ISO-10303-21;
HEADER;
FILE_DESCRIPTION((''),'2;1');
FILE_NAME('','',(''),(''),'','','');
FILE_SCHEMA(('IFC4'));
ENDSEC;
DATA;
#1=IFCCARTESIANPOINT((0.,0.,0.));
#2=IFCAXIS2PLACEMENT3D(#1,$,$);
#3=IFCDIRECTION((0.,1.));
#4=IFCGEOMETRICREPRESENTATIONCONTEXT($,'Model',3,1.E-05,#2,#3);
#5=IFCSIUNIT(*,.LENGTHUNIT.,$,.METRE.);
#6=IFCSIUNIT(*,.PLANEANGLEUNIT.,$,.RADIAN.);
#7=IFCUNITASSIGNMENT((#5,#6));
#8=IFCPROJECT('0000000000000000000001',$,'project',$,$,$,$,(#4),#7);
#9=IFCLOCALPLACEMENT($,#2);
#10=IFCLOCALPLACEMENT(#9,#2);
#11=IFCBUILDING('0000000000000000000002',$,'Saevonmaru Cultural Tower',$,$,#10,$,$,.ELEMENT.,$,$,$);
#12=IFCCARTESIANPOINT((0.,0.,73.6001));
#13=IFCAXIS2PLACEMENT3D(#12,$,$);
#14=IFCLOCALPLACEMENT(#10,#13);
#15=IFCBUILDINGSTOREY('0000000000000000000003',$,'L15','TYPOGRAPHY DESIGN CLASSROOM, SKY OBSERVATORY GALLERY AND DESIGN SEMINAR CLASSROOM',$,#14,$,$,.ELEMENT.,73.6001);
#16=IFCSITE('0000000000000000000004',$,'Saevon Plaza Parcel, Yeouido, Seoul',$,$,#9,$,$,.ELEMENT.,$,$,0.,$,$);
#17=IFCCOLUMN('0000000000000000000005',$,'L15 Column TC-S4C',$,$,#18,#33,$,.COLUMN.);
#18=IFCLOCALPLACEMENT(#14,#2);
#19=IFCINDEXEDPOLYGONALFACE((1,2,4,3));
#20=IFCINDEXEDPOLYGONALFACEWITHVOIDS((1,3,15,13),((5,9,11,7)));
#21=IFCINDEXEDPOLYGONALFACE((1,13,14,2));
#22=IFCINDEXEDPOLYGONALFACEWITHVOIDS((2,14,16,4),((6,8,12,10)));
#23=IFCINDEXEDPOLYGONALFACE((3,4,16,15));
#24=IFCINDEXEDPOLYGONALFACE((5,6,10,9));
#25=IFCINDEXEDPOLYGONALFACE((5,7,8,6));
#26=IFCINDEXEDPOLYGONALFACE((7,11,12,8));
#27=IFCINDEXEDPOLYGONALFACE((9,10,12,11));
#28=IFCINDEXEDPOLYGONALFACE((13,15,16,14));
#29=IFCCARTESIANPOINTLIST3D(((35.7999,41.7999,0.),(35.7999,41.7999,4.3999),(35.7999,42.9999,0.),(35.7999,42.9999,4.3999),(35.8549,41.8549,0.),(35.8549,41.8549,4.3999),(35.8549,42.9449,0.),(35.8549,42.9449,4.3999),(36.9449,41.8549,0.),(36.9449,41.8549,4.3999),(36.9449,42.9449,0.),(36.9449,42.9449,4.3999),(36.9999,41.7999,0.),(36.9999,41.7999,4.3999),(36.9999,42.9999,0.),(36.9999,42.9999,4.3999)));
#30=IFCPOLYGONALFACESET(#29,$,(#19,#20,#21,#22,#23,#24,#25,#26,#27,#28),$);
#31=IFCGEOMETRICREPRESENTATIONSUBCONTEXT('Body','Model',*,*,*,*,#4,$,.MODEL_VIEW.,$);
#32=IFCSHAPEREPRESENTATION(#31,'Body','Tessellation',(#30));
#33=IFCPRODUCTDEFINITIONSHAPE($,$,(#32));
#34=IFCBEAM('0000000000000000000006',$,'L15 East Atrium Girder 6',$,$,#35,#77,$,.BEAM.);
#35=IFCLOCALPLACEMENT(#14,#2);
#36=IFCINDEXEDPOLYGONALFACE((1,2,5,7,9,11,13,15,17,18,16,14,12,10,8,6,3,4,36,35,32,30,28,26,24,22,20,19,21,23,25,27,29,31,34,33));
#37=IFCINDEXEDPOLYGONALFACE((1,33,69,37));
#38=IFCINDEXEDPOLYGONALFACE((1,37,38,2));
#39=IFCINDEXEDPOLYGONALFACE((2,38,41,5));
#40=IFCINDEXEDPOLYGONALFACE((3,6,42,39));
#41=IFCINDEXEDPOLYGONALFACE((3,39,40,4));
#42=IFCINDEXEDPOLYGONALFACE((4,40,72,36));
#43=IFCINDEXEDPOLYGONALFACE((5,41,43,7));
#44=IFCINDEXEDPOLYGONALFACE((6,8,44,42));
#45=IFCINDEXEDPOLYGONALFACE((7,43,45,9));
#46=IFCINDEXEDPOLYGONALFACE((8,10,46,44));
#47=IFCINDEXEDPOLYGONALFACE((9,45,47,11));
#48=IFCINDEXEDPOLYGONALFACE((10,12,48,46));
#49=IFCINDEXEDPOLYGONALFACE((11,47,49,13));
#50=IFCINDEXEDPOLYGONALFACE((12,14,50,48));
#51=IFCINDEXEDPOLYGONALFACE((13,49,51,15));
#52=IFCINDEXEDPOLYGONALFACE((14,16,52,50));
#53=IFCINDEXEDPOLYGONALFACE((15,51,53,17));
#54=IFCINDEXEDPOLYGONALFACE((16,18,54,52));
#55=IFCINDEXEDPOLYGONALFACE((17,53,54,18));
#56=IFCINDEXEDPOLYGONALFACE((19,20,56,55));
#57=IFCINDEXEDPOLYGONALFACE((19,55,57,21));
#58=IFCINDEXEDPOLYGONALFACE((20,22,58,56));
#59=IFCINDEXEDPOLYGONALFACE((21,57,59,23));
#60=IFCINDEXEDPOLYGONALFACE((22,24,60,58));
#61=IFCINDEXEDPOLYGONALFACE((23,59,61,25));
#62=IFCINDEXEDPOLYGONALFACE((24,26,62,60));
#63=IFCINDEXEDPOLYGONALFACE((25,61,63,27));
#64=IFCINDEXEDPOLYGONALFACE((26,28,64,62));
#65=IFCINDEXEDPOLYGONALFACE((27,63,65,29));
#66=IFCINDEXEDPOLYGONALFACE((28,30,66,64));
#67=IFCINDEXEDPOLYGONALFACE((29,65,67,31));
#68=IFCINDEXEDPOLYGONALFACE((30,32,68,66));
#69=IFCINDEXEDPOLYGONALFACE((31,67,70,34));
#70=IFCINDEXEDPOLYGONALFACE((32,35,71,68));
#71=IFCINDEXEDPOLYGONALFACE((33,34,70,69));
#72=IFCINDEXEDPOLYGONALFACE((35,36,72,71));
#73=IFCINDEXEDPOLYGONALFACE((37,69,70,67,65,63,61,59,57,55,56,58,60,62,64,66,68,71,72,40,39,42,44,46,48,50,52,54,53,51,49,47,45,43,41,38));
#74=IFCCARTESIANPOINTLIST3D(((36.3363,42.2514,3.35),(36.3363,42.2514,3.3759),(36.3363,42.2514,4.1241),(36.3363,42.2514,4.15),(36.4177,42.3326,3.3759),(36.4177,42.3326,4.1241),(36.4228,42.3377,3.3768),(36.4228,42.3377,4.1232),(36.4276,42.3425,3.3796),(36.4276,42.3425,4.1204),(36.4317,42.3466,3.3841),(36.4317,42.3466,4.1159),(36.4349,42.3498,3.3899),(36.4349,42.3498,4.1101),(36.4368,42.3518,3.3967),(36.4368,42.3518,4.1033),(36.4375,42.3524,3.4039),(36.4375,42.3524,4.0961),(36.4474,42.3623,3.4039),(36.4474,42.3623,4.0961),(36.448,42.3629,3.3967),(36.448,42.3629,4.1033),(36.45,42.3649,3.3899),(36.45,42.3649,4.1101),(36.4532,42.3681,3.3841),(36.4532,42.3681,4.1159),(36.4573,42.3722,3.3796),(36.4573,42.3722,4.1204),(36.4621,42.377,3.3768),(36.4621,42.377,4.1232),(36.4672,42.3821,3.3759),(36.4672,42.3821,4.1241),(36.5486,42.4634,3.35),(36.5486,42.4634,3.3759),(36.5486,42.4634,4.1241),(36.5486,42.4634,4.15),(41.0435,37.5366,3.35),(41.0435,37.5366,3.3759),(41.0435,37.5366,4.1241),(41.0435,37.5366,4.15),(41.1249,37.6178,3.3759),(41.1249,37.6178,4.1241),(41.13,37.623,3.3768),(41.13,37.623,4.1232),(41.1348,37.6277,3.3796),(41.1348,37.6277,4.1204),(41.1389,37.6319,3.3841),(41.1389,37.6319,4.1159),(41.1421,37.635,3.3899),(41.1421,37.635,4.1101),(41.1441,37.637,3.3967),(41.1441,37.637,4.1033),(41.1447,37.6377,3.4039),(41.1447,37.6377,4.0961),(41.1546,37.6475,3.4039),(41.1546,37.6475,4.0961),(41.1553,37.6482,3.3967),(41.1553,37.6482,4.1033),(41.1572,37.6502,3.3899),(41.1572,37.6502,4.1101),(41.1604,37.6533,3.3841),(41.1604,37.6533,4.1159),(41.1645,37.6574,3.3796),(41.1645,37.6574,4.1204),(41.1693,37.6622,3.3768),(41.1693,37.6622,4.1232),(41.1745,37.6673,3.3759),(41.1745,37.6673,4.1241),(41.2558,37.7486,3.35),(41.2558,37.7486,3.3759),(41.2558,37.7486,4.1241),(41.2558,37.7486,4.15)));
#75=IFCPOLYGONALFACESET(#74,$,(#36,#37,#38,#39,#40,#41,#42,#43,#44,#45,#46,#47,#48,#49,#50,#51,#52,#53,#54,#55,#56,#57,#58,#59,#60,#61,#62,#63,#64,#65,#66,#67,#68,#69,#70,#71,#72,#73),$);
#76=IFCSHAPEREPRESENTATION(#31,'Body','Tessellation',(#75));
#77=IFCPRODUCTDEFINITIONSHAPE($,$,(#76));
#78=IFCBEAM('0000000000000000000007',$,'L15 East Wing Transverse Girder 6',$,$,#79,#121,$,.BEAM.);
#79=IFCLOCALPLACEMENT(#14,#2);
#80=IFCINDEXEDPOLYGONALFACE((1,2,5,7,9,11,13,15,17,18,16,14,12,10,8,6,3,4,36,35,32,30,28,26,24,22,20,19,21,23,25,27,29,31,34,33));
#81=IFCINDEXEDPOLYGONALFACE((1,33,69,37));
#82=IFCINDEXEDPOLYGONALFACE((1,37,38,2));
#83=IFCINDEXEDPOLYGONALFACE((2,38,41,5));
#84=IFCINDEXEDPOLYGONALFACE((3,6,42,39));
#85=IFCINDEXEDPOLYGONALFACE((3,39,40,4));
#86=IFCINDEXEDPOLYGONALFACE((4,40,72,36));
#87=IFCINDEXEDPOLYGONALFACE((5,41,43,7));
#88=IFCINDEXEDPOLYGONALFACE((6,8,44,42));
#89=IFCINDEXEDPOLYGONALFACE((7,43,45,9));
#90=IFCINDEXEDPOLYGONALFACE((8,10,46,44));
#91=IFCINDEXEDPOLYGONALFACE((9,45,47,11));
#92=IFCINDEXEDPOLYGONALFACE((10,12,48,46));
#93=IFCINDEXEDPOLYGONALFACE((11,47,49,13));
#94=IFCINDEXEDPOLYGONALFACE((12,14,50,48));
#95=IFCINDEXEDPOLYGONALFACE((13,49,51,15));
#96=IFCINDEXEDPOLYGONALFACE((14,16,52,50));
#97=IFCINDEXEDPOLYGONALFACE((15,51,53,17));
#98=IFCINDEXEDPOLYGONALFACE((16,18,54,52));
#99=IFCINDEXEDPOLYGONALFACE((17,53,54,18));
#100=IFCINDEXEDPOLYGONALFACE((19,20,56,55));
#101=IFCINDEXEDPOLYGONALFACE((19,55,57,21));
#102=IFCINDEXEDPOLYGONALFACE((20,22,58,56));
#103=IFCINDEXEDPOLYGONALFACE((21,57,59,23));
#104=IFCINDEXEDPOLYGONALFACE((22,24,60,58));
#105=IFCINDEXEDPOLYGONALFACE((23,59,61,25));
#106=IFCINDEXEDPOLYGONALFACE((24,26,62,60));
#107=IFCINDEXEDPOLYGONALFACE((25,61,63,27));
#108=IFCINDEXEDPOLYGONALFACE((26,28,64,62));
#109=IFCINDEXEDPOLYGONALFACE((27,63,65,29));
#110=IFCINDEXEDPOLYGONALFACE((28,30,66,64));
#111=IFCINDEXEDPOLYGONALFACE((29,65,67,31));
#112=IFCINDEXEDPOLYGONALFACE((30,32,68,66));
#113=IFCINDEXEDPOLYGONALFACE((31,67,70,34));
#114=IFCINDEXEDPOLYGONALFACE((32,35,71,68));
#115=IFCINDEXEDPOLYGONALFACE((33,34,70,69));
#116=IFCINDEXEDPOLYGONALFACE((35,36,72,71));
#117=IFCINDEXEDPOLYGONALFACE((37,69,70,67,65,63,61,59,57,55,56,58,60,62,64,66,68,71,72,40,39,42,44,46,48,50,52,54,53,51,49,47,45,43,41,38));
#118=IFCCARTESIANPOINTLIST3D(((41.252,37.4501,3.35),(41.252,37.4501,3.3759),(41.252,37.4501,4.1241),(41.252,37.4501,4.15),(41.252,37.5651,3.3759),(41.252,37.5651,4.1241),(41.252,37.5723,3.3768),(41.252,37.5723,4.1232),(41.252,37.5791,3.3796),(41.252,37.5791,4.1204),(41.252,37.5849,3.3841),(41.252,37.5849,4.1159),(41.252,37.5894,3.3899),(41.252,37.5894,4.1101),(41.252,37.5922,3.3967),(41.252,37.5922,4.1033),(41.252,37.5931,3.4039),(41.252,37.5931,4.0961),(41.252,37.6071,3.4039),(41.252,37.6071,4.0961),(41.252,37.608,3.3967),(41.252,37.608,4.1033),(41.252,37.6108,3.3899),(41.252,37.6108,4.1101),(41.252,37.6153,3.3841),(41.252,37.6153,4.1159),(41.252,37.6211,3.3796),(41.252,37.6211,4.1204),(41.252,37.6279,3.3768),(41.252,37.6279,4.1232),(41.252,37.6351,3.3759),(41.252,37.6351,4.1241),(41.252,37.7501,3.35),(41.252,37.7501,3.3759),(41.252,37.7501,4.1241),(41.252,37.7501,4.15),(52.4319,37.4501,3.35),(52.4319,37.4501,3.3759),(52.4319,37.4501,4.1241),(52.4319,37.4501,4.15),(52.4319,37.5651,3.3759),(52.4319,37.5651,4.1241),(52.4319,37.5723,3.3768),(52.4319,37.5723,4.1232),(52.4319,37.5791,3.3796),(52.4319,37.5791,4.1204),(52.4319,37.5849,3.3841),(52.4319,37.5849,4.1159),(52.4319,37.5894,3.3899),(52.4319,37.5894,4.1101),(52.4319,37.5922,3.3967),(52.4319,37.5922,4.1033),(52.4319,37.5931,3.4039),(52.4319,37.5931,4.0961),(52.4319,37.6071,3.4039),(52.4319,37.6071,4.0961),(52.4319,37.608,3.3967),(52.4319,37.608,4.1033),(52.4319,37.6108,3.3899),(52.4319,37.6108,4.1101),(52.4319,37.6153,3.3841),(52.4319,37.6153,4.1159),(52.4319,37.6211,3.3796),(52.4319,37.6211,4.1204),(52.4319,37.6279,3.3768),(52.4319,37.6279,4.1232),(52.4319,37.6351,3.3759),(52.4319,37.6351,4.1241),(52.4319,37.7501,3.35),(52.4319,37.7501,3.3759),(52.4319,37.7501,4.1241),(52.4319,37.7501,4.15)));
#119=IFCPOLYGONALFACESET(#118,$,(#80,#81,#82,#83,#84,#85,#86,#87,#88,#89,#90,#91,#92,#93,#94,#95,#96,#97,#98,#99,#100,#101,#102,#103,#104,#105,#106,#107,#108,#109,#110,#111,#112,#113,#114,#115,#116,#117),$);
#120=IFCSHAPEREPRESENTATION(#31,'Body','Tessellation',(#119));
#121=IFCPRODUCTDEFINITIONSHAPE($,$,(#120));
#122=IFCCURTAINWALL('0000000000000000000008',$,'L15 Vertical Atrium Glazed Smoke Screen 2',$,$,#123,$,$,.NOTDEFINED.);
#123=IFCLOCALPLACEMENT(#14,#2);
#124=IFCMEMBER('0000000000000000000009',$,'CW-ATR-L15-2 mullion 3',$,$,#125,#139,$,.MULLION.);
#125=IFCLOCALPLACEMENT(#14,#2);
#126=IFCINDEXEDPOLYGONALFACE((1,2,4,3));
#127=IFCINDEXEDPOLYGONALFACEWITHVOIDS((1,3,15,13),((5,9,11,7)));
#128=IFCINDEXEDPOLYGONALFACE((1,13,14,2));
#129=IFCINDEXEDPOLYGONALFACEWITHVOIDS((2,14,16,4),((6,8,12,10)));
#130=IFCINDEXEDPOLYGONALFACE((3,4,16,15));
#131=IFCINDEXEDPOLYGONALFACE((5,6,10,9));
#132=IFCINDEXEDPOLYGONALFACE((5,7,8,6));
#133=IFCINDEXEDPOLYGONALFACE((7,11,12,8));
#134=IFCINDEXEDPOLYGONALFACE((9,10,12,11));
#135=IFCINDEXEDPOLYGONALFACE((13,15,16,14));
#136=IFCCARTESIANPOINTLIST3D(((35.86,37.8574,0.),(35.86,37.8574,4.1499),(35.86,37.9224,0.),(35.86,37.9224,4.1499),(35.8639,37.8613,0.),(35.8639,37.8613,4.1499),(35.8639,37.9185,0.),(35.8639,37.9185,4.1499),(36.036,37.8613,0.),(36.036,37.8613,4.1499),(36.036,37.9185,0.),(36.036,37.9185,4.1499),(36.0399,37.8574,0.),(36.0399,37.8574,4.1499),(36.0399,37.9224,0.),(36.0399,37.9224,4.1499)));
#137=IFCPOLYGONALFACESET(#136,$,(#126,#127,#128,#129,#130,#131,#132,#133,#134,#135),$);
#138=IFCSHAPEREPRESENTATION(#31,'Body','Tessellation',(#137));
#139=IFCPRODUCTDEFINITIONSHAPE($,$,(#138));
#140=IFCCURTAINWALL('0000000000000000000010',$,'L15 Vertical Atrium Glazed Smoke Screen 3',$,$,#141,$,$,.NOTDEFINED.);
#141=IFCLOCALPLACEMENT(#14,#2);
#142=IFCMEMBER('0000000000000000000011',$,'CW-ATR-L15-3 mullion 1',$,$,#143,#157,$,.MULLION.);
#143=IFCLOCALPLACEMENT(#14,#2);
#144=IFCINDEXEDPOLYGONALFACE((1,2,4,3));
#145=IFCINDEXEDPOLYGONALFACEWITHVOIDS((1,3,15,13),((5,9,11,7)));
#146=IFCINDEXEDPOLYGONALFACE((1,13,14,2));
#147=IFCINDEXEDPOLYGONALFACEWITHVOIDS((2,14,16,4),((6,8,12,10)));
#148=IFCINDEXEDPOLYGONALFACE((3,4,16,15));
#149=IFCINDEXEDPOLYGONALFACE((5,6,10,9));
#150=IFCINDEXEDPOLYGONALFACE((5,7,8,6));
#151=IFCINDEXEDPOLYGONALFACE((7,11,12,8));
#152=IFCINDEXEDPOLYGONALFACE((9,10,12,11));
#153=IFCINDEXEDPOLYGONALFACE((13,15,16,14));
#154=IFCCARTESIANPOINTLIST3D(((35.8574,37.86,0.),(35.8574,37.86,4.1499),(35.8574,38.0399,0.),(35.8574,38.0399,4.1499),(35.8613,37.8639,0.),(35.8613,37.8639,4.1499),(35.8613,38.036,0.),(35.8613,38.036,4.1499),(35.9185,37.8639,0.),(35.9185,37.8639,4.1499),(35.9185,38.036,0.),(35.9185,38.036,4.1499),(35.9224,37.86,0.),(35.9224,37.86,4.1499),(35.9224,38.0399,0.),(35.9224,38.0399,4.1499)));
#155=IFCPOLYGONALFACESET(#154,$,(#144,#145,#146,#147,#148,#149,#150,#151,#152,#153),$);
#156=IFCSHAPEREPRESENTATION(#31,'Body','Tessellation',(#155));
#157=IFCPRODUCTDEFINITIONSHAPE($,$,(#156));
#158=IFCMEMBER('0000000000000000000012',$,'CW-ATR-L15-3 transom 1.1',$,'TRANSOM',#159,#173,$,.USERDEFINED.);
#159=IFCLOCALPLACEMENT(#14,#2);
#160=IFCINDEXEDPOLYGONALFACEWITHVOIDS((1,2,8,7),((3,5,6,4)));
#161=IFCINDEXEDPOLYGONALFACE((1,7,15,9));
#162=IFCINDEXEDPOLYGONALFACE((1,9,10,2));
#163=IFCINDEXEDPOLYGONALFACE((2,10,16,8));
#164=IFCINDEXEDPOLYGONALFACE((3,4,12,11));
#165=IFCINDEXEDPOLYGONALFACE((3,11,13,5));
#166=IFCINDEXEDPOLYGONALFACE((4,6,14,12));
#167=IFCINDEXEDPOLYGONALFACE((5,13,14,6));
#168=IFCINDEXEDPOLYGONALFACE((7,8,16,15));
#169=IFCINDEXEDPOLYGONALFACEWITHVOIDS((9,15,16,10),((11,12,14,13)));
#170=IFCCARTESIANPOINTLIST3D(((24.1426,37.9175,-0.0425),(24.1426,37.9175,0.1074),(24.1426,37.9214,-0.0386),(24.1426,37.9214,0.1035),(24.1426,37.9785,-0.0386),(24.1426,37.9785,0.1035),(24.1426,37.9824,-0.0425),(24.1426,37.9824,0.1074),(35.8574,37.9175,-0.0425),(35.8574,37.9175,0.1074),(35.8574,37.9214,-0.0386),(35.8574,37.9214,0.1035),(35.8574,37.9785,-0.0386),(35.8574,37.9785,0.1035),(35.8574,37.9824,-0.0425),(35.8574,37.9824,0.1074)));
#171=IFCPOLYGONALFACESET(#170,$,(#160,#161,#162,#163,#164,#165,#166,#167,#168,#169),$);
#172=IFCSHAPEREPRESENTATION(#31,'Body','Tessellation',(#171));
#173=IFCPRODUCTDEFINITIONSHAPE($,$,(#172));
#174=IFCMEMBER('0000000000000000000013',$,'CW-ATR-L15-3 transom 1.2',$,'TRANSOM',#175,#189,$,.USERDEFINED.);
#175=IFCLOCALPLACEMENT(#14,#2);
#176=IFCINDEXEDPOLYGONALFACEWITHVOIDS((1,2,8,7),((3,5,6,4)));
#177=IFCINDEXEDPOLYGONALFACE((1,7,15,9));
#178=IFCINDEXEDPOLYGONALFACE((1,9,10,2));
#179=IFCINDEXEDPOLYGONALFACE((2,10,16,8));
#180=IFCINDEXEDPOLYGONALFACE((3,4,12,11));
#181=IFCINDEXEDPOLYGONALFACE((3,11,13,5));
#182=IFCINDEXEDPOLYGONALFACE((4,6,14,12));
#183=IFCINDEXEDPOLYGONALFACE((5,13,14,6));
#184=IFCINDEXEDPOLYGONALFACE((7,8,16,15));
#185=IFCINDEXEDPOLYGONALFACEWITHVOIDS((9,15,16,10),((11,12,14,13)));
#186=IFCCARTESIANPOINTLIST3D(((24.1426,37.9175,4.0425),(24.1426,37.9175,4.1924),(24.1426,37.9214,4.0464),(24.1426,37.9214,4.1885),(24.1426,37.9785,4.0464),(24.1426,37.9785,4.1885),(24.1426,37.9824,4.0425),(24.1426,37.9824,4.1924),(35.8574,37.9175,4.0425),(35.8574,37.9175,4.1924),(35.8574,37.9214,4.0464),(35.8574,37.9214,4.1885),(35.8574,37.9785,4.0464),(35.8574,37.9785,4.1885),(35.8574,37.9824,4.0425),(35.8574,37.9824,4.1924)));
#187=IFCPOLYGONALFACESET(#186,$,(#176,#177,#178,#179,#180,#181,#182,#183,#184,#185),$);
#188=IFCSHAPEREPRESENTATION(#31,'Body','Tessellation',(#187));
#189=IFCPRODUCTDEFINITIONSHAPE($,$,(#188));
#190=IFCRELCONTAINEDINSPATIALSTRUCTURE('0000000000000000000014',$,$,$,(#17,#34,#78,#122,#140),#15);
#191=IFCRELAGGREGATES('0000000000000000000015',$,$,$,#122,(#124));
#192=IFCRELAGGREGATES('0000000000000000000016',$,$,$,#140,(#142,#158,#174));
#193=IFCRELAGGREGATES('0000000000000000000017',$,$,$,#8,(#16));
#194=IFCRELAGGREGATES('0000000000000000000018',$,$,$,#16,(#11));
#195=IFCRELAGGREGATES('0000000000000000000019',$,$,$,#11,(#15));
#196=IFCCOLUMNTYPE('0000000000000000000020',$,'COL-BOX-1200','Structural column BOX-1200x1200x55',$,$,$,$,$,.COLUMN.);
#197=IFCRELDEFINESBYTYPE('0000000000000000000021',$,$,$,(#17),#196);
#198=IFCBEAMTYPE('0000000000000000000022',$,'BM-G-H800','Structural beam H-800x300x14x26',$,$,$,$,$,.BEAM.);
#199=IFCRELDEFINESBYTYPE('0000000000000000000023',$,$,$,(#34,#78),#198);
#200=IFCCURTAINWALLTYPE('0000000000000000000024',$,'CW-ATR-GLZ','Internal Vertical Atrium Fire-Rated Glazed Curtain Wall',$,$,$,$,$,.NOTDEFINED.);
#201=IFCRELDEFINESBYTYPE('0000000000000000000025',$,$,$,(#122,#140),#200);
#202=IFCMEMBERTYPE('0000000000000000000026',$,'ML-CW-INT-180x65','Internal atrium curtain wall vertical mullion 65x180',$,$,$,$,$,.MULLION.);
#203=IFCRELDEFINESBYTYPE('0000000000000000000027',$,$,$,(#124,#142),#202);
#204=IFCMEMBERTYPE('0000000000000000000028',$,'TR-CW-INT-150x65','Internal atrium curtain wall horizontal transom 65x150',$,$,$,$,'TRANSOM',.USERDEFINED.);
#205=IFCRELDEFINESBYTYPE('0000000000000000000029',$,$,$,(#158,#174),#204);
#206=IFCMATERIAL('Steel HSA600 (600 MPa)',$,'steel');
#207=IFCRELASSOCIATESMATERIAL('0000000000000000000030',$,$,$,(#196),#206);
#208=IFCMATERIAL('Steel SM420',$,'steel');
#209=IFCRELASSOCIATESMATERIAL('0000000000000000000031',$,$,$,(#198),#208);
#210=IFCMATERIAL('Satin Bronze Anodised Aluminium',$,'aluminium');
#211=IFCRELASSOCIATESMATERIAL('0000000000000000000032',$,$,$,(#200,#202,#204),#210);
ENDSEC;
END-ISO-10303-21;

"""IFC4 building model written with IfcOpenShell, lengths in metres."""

from ifc_helpers import new_model, si_unit, direction, frame, origin, origin_2d, place, context, subcontext, project, spatial, hollow_rectangle, i_section, extrude, material, material_profile, profile_set, type_object, element, aggregate, save


model = new_model("IFC4")

# Units and contexts
model_context = context("Model", 3, precision=1e-05, world=origin(), true_north=direction((0.0, 1.0)))
body_context = subcontext(model_context, "Body", "Model", "MODEL_VIEW")
ifc_project = project(units=[si_unit("LENGTHUNIT", "METRE"), si_unit("PLANEANGLEUNIT", "RADIAN")], contexts=[model_context])

# Site, building, storey
site_placement = place(None, origin())
site = spatial("IfcSite", under=ifc_project, at=site_placement, Name="Saevon Plaza Parcel, Yeouido, Seoul", CompositionType="ELEMENT", RefElevation=0.0)
building_placement = place(site_placement, origin())
building = spatial("IfcBuilding", under=site, at=building_placement, Name="Saevonmaru Cultural Tower", CompositionType="ELEMENT")
storey_placement = place(building_placement, frame((0.0, 0.0, 73.6001)))
storey = spatial("IfcBuildingStorey", under=building, at=storey_placement, Name="L15", Description="TYPOGRAPHY DESIGN CLASSROOM, SKY OBSERVATORY GALLERY AND DESIGN SEMINAR CLASSROOM", CompositionType="ELEMENT", Elevation=73.6001)

# Column
ifc_material_1 = material(Name="Steel HSA600 (600 MPa)", Category="steel")
ifc_material_profile_1 = material_profile(ifc_material_1, hollow_rectangle(XDim=1.2, YDim=1.2, WallThickness=0.0549, at=origin_2d()), Name="BOX-1200x1200x55")
ifc_profile_set_1 = profile_set([ifc_material_profile_1], Name="Steel HSA600 (600 MPa)")
column_type = type_object("IfcColumnType", Name="COL-BOX-1200", Description="Structural column BOX-1200x1200x55", PredefinedType="COLUMN", material=ifc_profile_set_1)
column_placement = place(storey_placement, frame((36.3999, 42.3999, 0.0), z_axis=(0.0, 0.0, 1.0), x_axis=(1.0, 0.0, 0.0)))
element("IfcColumn", 1, at=column_placement, inside=storey, type_object=column_type, Name="L15 Column TC-S4C", PredefinedType="COLUMN", context=body_context, shape_type="SweptSolid", body=[
    extrude(hollow_rectangle(XDim=1.2, YDim=1.2, WallThickness=0.0549, at=origin_2d()), origin(), (0.0, 0.0, 1.0), 4.3999),
])

# Beams
ifc_material_2 = material(Name="Steel SM420", Category="steel")
ifc_material_profile_2 = material_profile(ifc_material_2, i_section(OverallWidth=0.3, OverallDepth=0.8, WebThickness=0.0139, FlangeThickness=0.0259, FilletRadius=0.0281, at=origin_2d()), Name="H-800x300x14x26")
ifc_profile_set_2 = profile_set([ifc_material_profile_2], Name="Steel SM420")
beam_type = type_object("IfcBeamType", Name="BM-G-H800", Description="Structural beam H-800x300x14x26", PredefinedType="BEAM", material=ifc_profile_set_2)
beam_1_placement = place(storey_placement, frame((41.1497, 37.6426, 3.75), z_axis=(-0.706539, 0.707675, 0.0), x_axis=(-0.707675, -0.706539, 0.0)))
element("IfcBeam", 2, at=beam_1_placement, inside=storey, type_object=beam_type, Name="L15 East Atrium Girder 6", PredefinedType="BEAM", context=body_context, shape_type="SweptSolid", body=[
    extrude(i_section(OverallWidth=0.3, OverallDepth=0.8, WebThickness=0.0139, FlangeThickness=0.0259, FilletRadius=0.0281, at=origin_2d()), origin(), (0.0, 0.0, 1.0), 6.6624),
])
beam_2_placement = place(storey_placement, frame((41.252, 37.6001, 3.75), z_axis=(1.0, 0.0, 0.0), x_axis=(0.0, 1.0, 0.0)))
element("IfcBeam", 3, at=beam_2_placement, inside=storey, type_object=beam_type, Name="L15 East Wing Transverse Girder 6", PredefinedType="BEAM", context=body_context, shape_type="SweptSolid", body=[
    extrude(i_section(OverallWidth=0.3, OverallDepth=0.8, WebThickness=0.0139, FlangeThickness=0.0259, FilletRadius=0.0281, at=origin_2d()), origin(), (0.0, 0.0, 1.0), 11.1799),
])

# Curtain wall, member
ifc_material_3 = material(Name="Satin Bronze Anodised Aluminium", Category="aluminium")
curtain_wall_type = type_object("IfcCurtainWallType", Name="CW-ATR-GLZ", Description="Internal Vertical Atrium Fire-Rated Glazed Curtain Wall", PredefinedType="NOTDEFINED", material=ifc_material_3)
curtain_wall_1_placement = place(storey_placement, origin())
curtain_wall_1 = element("IfcCurtainWall", 4, at=curtain_wall_1_placement, inside=storey, type_object=curtain_wall_type, Name="L15 Vertical Atrium Glazed Smoke Screen 2", PredefinedType="NOTDEFINED")
ifc_material_profile_3 = material_profile(ifc_material_3, hollow_rectangle(XDim=0.0649, YDim=0.1799, WallThickness=0.0039, at=origin_2d()), Name="ALU-MULL-180x65x4")
ifc_profile_set_3 = profile_set([ifc_material_profile_3], Name="Satin Bronze Anodised Aluminium")
member_type_1 = type_object("IfcMemberType", Name="ML-CW-INT-180x65", Description="Internal atrium curtain wall vertical mullion 65x180", PredefinedType="MULLION", material=ifc_profile_set_3)
member_1_placement = place(storey_placement, frame((35.95, 37.8899, 0.0), z_axis=(0.0, 0.0, 1.0), x_axis=(0.0, 1.0, 0.0)))
member_1 = element("IfcMember", 5, at=member_1_placement, type_object=member_type_1, Name="CW-ATR-L15-2 mullion 3", PredefinedType="MULLION", context=body_context, shape_type="SweptSolid", body=[
    extrude(hollow_rectangle(XDim=0.0649, YDim=0.1799, WallThickness=0.0039, at=origin_2d()), origin(), (0.0, 0.0, 1.0), 4.1499),
])
aggregate(curtain_wall_1, [member_1])

# Curtain wall, members
curtain_wall_2_placement = place(storey_placement, origin())
curtain_wall_2 = element("IfcCurtainWall", 6, at=curtain_wall_2_placement, inside=storey, type_object=curtain_wall_type, Name="L15 Vertical Atrium Glazed Smoke Screen 3", PredefinedType="NOTDEFINED")
member_2_placement = place(storey_placement, frame((35.8899, 37.95, 0.0), z_axis=(0.0, 0.0, 1.0), x_axis=(-1.0, 0.0, 0.0)))
member_2 = element("IfcMember", 7, at=member_2_placement, type_object=member_type_1, Name="CW-ATR-L15-3 mullion 1", PredefinedType="MULLION", context=body_context, shape_type="SweptSolid", body=[
    extrude(hollow_rectangle(XDim=0.0649, YDim=0.1799, WallThickness=0.0039, at=origin_2d()), origin(), (0.0, 0.0, 1.0), 4.1499),
])
ifc_material_profile_4 = material_profile(ifc_material_3, hollow_rectangle(XDim=0.0649, YDim=0.1499, WallThickness=0.0039, at=origin_2d()), Name="ALU-TRAN-150x65x4")
ifc_profile_set_4 = profile_set([ifc_material_profile_4], Name="Satin Bronze Anodised Aluminium")
member_type_2 = type_object("IfcMemberType", Name="TR-CW-INT-150x65", Description="Internal atrium curtain wall horizontal transom 65x150", ElementType="TRANSOM", PredefinedType="USERDEFINED", material=ifc_profile_set_4)
member_3_placement = place(storey_placement, frame((35.8574, 37.95, 0.0325), z_axis=(-1.0, 0.0, 0.0), x_axis=(0.0, -1.0, 0.0)))
member_3 = element("IfcMember", 8, at=member_3_placement, type_object=member_type_2, Name="CW-ATR-L15-3 transom 1.1", ObjectType="TRANSOM", PredefinedType="USERDEFINED", context=body_context, shape_type="SweptSolid", body=[
    extrude(hollow_rectangle(XDim=0.0649, YDim=0.1499, WallThickness=0.0039, at=origin_2d()), origin(), (0.0, 0.0, 1.0), 11.7148),
])
member_4_placement = place(storey_placement, frame((35.8574, 37.95, 4.1174), z_axis=(-1.0, 0.0, 0.0), x_axis=(0.0, -1.0, 0.0)))
member_4 = element("IfcMember", 9, at=member_4_placement, type_object=member_type_2, Name="CW-ATR-L15-3 transom 1.2", ObjectType="TRANSOM", PredefinedType="USERDEFINED", context=body_context, shape_type="SweptSolid", body=[
    extrude(hollow_rectangle(XDim=0.0649, YDim=0.1499, WallThickness=0.0039, at=origin_2d()), origin(), (0.0, 0.0, 1.0), 11.7148),
])
aggregate(curtain_wall_2, [member_2, member_3, member_4])

save(model, "model.ifc")
